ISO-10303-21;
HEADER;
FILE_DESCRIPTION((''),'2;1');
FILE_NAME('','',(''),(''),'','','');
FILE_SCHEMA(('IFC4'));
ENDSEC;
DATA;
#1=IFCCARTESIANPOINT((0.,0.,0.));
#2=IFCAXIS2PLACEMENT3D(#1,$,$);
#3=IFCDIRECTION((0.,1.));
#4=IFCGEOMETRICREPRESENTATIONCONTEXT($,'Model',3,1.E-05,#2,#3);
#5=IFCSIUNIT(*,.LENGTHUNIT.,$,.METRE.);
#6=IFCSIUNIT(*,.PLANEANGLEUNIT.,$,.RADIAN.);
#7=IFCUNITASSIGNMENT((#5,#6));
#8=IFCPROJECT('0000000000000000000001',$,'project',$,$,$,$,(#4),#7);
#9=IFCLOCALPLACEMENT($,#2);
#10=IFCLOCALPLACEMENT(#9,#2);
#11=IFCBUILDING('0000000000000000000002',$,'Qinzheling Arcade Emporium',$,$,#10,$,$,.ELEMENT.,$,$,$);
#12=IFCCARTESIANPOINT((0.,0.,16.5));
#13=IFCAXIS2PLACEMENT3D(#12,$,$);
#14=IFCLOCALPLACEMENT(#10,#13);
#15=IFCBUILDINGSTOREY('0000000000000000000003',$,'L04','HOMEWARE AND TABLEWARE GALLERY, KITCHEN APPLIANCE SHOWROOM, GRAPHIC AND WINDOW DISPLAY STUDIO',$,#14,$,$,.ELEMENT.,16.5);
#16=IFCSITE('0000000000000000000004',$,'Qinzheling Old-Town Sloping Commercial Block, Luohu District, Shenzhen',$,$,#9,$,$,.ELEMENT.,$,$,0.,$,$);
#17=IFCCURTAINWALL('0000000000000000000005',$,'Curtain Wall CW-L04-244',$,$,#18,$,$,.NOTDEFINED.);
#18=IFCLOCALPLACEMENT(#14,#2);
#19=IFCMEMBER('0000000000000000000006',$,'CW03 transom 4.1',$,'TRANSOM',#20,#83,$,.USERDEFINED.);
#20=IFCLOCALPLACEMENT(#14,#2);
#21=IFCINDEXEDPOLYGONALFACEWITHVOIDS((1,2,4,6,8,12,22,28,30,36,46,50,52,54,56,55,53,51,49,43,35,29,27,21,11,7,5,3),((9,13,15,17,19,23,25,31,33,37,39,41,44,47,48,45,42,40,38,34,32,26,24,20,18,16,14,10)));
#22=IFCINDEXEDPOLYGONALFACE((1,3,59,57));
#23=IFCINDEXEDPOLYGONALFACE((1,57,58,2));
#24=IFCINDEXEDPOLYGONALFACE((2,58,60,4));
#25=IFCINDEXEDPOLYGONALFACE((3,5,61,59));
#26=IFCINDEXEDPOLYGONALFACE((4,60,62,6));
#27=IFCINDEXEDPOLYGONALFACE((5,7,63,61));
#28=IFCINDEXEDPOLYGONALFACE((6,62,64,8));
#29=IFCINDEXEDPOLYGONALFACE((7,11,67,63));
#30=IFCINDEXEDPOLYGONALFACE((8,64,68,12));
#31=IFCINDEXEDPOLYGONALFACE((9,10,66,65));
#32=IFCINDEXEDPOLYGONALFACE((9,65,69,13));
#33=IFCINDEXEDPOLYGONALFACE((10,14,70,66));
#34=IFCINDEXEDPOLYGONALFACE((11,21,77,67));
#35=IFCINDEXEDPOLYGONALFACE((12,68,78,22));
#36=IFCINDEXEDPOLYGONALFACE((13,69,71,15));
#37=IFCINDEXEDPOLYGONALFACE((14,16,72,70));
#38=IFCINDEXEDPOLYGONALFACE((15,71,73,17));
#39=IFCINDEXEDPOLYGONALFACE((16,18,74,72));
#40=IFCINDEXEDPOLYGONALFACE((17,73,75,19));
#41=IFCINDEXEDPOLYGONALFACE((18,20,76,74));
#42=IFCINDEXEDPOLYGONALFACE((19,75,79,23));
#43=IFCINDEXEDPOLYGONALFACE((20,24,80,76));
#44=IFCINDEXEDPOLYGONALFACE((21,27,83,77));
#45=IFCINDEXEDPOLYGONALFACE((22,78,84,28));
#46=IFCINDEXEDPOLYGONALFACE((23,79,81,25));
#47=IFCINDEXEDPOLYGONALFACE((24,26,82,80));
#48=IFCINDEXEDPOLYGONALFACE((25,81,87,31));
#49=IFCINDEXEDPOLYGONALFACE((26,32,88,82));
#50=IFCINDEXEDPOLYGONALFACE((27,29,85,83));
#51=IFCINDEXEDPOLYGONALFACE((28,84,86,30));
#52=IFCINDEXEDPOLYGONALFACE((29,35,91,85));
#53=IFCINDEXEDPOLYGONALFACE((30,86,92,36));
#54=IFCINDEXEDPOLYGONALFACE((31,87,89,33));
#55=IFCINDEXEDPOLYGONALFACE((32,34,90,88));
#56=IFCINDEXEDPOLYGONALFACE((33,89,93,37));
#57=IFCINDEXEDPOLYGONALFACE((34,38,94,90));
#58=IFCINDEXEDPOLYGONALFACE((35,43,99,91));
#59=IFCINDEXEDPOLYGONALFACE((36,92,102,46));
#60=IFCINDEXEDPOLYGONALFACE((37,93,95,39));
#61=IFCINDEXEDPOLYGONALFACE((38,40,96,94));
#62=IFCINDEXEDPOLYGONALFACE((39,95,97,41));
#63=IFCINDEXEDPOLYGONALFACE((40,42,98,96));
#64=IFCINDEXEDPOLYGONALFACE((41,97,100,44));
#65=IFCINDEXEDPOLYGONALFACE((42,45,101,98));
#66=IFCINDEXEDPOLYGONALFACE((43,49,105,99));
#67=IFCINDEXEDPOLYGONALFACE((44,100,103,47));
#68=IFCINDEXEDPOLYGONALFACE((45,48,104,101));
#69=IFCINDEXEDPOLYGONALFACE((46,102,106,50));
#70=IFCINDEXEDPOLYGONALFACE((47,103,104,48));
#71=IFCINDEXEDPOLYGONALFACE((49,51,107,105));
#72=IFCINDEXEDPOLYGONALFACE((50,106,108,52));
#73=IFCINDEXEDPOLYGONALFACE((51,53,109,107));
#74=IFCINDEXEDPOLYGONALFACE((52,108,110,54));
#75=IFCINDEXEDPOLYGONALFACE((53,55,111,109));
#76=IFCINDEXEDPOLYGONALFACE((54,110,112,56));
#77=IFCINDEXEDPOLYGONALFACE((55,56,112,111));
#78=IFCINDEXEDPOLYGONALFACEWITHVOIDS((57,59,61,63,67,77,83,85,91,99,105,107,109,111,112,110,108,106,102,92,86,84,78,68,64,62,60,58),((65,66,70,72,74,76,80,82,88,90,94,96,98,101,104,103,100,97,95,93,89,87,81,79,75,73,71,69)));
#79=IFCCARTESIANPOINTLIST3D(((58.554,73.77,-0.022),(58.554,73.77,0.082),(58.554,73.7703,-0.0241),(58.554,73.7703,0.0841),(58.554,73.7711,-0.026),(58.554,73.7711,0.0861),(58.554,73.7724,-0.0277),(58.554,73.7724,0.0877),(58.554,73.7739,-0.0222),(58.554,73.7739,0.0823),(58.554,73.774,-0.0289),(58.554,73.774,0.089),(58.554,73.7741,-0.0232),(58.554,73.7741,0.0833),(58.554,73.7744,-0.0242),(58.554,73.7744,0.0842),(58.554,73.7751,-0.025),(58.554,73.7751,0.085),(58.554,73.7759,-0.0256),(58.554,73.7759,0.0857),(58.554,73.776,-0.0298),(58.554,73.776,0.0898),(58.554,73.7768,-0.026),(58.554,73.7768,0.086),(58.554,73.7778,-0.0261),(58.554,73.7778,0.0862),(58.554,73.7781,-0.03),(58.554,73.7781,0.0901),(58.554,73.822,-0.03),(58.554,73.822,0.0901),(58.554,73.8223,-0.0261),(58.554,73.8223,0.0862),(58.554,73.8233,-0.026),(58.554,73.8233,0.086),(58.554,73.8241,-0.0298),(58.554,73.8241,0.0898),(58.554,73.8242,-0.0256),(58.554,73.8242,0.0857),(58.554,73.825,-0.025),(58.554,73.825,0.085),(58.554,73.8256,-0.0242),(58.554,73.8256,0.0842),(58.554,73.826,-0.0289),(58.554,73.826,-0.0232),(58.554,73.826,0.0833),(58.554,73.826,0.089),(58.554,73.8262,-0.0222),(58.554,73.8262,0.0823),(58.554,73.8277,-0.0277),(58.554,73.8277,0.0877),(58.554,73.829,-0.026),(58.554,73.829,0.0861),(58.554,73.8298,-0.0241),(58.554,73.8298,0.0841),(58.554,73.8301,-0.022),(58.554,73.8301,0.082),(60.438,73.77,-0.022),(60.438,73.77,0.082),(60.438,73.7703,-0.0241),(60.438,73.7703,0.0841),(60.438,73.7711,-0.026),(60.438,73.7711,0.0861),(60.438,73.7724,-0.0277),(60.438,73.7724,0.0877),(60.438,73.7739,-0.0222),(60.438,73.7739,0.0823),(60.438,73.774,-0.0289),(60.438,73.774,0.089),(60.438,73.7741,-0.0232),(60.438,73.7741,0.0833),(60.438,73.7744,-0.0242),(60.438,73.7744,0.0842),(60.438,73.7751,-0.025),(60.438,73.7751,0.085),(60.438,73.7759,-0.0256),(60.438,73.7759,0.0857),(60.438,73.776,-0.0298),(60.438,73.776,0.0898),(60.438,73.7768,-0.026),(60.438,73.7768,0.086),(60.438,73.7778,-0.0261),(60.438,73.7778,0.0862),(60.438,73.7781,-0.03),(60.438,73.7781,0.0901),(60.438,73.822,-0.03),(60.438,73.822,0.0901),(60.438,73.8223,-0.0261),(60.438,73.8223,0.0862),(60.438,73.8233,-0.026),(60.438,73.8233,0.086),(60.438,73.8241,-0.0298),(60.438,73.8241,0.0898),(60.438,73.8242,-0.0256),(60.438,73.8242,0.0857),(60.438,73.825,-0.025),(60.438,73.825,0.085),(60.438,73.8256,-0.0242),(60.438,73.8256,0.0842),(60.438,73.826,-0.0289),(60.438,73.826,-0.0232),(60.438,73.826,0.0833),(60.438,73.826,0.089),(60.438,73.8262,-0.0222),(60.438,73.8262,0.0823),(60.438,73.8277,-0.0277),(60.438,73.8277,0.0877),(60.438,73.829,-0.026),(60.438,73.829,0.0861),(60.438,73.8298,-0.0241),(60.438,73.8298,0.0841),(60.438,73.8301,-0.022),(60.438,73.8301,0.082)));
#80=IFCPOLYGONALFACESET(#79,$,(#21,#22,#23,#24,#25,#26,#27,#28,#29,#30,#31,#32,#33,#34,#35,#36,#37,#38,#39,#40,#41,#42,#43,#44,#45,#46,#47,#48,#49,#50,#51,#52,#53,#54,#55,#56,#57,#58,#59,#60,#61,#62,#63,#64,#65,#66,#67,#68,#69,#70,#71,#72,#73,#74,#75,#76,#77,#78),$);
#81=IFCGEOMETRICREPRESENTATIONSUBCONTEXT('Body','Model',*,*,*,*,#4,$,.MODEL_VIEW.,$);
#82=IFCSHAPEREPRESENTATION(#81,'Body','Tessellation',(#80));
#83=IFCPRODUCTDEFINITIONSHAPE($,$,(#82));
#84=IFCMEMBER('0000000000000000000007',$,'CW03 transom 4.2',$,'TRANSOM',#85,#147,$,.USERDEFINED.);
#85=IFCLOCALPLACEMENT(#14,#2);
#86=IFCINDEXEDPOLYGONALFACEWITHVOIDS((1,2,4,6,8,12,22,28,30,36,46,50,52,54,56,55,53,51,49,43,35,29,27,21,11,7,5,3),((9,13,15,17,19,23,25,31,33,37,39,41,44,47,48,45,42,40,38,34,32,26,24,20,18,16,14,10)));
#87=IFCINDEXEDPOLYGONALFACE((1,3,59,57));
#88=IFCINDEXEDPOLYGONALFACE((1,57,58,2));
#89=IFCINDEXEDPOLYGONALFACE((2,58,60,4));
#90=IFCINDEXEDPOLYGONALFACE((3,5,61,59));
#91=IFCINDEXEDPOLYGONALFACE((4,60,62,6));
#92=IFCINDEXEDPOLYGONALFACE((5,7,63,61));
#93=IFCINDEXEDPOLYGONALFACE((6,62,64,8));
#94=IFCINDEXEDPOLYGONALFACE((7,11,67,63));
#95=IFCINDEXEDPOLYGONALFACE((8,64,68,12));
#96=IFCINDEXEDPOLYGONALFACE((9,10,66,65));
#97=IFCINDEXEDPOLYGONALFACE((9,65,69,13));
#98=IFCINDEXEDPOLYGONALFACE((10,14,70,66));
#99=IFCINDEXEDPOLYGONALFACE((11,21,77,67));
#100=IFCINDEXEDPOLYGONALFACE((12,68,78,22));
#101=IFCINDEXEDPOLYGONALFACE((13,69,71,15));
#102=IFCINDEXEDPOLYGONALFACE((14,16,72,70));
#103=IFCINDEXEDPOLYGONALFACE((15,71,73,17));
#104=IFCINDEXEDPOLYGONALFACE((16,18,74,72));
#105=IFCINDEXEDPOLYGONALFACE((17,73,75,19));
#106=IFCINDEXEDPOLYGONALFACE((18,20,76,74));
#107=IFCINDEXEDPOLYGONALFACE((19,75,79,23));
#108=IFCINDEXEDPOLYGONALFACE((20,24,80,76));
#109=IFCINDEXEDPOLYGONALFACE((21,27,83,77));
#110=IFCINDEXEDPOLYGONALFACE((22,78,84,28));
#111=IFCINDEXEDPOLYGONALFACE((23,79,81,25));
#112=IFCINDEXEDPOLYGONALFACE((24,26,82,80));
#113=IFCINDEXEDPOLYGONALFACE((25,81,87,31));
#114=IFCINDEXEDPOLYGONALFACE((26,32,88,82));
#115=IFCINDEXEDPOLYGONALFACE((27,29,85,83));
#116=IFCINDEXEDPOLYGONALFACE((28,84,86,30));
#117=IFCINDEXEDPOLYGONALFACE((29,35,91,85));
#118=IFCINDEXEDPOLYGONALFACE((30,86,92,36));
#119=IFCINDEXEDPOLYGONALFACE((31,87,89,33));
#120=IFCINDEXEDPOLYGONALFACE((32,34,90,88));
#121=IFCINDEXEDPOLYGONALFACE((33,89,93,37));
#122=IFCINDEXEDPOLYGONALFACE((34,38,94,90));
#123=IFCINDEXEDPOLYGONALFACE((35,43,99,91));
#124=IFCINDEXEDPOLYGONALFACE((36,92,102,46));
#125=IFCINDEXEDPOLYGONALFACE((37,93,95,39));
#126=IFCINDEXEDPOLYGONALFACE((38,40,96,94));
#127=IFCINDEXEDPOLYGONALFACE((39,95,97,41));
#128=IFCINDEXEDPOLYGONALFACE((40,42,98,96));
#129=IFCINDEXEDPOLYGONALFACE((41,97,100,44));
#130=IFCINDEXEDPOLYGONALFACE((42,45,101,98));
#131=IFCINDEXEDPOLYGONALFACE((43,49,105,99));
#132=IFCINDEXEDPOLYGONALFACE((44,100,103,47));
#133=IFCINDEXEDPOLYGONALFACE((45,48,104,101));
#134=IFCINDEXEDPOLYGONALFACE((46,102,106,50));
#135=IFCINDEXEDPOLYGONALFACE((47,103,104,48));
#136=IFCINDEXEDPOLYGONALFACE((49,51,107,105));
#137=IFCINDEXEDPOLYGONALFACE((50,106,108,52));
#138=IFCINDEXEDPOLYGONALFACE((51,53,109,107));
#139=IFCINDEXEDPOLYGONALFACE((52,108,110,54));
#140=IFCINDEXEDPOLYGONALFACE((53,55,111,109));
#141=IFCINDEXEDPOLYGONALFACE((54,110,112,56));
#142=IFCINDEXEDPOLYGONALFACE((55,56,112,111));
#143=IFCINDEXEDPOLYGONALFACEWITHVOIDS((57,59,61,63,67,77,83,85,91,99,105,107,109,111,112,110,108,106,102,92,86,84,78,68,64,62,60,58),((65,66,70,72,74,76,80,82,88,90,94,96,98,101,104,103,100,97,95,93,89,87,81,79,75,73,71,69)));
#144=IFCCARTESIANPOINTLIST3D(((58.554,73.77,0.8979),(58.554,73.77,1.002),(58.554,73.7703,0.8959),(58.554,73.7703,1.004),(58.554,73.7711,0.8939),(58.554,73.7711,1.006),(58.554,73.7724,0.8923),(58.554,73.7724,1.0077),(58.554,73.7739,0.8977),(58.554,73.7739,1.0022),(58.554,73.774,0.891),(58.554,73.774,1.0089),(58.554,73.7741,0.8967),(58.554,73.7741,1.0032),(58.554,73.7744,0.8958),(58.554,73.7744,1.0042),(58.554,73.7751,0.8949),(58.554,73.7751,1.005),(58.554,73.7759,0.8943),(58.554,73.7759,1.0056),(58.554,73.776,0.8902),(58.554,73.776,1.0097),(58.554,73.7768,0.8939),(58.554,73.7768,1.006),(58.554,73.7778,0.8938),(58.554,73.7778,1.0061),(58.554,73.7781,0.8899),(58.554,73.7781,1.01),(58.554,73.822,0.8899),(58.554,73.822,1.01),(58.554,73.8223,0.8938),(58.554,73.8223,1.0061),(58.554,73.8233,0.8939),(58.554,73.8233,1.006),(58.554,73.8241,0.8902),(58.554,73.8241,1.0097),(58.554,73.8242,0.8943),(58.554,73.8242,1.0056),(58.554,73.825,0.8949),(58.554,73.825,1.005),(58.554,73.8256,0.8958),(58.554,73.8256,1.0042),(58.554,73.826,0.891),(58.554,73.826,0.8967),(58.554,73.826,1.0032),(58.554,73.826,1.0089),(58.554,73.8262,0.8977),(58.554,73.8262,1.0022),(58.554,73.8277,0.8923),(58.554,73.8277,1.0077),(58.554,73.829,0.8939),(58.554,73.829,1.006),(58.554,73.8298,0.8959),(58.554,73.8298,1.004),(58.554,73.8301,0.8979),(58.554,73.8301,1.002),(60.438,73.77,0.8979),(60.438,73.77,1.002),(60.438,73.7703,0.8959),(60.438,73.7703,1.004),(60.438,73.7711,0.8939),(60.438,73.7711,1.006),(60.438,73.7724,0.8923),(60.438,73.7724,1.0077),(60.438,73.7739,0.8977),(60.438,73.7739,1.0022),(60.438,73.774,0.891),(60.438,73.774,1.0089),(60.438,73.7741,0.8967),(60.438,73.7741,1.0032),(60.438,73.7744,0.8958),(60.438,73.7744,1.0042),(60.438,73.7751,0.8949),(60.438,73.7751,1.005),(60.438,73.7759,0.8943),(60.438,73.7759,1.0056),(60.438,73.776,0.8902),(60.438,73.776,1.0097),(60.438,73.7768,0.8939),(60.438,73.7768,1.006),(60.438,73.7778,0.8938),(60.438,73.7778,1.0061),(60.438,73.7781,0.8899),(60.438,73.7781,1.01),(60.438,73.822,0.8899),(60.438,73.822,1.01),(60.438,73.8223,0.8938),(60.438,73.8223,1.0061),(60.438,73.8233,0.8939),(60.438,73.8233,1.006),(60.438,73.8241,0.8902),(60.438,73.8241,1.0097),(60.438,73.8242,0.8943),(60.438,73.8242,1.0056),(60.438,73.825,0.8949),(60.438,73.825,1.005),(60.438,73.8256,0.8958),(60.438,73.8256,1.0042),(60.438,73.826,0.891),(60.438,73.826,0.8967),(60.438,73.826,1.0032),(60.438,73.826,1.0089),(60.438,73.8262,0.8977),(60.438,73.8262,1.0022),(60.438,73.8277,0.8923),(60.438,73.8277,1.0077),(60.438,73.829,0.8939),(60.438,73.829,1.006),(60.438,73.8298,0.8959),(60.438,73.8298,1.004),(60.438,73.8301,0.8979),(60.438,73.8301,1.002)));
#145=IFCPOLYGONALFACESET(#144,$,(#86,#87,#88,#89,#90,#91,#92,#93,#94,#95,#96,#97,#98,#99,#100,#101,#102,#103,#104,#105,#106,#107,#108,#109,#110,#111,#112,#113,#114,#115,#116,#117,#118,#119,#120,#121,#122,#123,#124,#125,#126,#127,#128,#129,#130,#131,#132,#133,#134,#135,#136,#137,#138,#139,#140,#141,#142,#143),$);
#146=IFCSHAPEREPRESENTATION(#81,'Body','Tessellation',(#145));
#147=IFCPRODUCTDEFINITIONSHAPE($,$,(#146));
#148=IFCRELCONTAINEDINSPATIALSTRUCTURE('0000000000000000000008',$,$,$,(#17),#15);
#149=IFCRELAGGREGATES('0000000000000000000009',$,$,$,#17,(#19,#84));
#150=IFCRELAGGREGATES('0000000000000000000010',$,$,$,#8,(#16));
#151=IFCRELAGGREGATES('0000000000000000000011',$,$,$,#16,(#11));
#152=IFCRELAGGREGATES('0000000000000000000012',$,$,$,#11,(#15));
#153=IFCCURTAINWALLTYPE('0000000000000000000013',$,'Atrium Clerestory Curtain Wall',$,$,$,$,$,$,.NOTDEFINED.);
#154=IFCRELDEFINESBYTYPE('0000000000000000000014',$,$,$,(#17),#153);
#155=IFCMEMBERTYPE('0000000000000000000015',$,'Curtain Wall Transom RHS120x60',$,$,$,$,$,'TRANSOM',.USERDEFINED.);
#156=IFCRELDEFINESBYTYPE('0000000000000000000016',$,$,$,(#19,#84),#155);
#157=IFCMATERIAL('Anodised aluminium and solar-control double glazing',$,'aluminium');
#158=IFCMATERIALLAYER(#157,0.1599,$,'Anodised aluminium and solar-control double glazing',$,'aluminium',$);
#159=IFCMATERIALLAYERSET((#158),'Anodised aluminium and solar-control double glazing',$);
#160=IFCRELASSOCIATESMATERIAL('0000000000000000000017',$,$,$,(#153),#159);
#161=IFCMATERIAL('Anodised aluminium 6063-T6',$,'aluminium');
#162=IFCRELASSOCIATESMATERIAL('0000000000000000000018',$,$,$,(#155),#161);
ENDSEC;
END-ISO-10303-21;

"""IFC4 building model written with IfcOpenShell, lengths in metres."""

from ifc_helpers import new_model, si_unit, direction, frame, origin, origin_2d, place, context, subcontext, project, spatial, hollow_rectangle, extrude, material, layer, layer_set, material_profile, profile_set, type_object, element, aggregate, save


model = new_model("IFC4")

# Units and contexts
model_context = context("Model", 3, precision=1e-05, world=origin(), true_north=direction((0.0, 1.0)))
body_context = subcontext(model_context, "Body", "Model", "MODEL_VIEW")
ifc_project = project(units=[si_unit("LENGTHUNIT", "METRE"), si_unit("PLANEANGLEUNIT", "RADIAN")], contexts=[model_context])

# Site, building, storey
site_placement = place(None, origin())
site = spatial("IfcSite", under=ifc_project, at=site_placement, Name="Qinzheling Old-Town Sloping Commercial Block, Luohu District, Shenzhen", CompositionType="ELEMENT", RefElevation=0.0)
building_placement = place(site_placement, origin())
building = spatial("IfcBuilding", under=site, at=building_placement, Name="Qinzheling Arcade Emporium", CompositionType="ELEMENT")
storey_placement = place(building_placement, frame((0.0, 0.0, 16.5)))
storey = spatial("IfcBuildingStorey", under=building, at=storey_placement, Name="L04", Description="HOMEWARE AND TABLEWARE GALLERY, KITCHEN APPLIANCE SHOWROOM, GRAPHIC AND WINDOW DISPLAY STUDIO", CompositionType="ELEMENT", Elevation=16.5)

# Curtain wall
ifc_material_1 = material(Name="Anodised aluminium and solar-control double glazing", Category="aluminium")
ifc_layer_1 = layer(ifc_material_1, 0.1599, Name="Anodised aluminium and solar-control double glazing", Category="aluminium")
ifc_layer_set_1 = layer_set([ifc_layer_1], Name="Anodised aluminium and solar-control double glazing")
curtain_wall_type = type_object("IfcCurtainWallType", Name="Atrium Clerestory Curtain Wall", PredefinedType="NOTDEFINED", material=ifc_layer_set_1)
curtain_wall_1_placement = place(storey_placement, origin())
curtain_wall_1 = element("IfcCurtainWall", 1, at=curtain_wall_1_placement, inside=storey, type_object=curtain_wall_type, Name="Curtain Wall CW-L04-244", PredefinedType="NOTDEFINED")
ifc_material_2 = material(Name="Anodised aluminium 6063-T6", Category="aluminium")

# Members
ifc_material_profile_1 = material_profile(ifc_material_2, hollow_rectangle(XDim=0.0601, YDim=0.1201, WallThickness=0.0039, InnerFilletRadius=0.0039, OuterFilletRadius=0.0081, at=origin_2d()), Name="RHS 120x60x4", Category="aluminium")
ifc_profile_set_1 = profile_set([ifc_material_profile_1], Name="Anodised aluminium 6063-T6")
member_type_1 = type_object("IfcMemberType", Name="Curtain Wall Transom RHS120x60", ElementType="TRANSOM", PredefinedType="USERDEFINED", material=ifc_profile_set_1)
member_1_placement = place(storey_placement, frame((58.554, 73.8, 0.03), z_axis=(1.0, 0.0, 0.0), x_axis=(0.0, 1.0, 0.0)))
member_1 = element("IfcMember", 2, at=member_1_placement, type_object=member_type_1, Name="CW03 transom 4.1", ObjectType="TRANSOM", PredefinedType="USERDEFINED", context=body_context, shape_type="SweptSolid", body=[
    extrude(hollow_rectangle(XDim=0.0601, YDim=0.1201, WallThickness=0.0039, InnerFilletRadius=0.0039, OuterFilletRadius=0.0081, at=origin_2d()), origin(), (0.0, 0.0, 1.0), 1.884),
])
member_2_placement = place(storey_placement, frame((58.554, 73.8, 0.95), z_axis=(1.0, 0.0, 0.0), x_axis=(0.0, 1.0, 0.0)))
member_2 = element("IfcMember", 3, at=member_2_placement, type_object=member_type_1, Name="CW03 transom 4.2", ObjectType="TRANSOM", PredefinedType="USERDEFINED", context=body_context, shape_type="SweptSolid", body=[
    extrude(hollow_rectangle(XDim=0.0601, YDim=0.1201, WallThickness=0.0039, InnerFilletRadius=0.0039, OuterFilletRadius=0.0081, at=origin_2d()), origin(), (0.0, 0.0, 1.0), 1.884),
])

aggregate(curtain_wall_1, [member_1, member_2])

save(model, "model.ifc")
